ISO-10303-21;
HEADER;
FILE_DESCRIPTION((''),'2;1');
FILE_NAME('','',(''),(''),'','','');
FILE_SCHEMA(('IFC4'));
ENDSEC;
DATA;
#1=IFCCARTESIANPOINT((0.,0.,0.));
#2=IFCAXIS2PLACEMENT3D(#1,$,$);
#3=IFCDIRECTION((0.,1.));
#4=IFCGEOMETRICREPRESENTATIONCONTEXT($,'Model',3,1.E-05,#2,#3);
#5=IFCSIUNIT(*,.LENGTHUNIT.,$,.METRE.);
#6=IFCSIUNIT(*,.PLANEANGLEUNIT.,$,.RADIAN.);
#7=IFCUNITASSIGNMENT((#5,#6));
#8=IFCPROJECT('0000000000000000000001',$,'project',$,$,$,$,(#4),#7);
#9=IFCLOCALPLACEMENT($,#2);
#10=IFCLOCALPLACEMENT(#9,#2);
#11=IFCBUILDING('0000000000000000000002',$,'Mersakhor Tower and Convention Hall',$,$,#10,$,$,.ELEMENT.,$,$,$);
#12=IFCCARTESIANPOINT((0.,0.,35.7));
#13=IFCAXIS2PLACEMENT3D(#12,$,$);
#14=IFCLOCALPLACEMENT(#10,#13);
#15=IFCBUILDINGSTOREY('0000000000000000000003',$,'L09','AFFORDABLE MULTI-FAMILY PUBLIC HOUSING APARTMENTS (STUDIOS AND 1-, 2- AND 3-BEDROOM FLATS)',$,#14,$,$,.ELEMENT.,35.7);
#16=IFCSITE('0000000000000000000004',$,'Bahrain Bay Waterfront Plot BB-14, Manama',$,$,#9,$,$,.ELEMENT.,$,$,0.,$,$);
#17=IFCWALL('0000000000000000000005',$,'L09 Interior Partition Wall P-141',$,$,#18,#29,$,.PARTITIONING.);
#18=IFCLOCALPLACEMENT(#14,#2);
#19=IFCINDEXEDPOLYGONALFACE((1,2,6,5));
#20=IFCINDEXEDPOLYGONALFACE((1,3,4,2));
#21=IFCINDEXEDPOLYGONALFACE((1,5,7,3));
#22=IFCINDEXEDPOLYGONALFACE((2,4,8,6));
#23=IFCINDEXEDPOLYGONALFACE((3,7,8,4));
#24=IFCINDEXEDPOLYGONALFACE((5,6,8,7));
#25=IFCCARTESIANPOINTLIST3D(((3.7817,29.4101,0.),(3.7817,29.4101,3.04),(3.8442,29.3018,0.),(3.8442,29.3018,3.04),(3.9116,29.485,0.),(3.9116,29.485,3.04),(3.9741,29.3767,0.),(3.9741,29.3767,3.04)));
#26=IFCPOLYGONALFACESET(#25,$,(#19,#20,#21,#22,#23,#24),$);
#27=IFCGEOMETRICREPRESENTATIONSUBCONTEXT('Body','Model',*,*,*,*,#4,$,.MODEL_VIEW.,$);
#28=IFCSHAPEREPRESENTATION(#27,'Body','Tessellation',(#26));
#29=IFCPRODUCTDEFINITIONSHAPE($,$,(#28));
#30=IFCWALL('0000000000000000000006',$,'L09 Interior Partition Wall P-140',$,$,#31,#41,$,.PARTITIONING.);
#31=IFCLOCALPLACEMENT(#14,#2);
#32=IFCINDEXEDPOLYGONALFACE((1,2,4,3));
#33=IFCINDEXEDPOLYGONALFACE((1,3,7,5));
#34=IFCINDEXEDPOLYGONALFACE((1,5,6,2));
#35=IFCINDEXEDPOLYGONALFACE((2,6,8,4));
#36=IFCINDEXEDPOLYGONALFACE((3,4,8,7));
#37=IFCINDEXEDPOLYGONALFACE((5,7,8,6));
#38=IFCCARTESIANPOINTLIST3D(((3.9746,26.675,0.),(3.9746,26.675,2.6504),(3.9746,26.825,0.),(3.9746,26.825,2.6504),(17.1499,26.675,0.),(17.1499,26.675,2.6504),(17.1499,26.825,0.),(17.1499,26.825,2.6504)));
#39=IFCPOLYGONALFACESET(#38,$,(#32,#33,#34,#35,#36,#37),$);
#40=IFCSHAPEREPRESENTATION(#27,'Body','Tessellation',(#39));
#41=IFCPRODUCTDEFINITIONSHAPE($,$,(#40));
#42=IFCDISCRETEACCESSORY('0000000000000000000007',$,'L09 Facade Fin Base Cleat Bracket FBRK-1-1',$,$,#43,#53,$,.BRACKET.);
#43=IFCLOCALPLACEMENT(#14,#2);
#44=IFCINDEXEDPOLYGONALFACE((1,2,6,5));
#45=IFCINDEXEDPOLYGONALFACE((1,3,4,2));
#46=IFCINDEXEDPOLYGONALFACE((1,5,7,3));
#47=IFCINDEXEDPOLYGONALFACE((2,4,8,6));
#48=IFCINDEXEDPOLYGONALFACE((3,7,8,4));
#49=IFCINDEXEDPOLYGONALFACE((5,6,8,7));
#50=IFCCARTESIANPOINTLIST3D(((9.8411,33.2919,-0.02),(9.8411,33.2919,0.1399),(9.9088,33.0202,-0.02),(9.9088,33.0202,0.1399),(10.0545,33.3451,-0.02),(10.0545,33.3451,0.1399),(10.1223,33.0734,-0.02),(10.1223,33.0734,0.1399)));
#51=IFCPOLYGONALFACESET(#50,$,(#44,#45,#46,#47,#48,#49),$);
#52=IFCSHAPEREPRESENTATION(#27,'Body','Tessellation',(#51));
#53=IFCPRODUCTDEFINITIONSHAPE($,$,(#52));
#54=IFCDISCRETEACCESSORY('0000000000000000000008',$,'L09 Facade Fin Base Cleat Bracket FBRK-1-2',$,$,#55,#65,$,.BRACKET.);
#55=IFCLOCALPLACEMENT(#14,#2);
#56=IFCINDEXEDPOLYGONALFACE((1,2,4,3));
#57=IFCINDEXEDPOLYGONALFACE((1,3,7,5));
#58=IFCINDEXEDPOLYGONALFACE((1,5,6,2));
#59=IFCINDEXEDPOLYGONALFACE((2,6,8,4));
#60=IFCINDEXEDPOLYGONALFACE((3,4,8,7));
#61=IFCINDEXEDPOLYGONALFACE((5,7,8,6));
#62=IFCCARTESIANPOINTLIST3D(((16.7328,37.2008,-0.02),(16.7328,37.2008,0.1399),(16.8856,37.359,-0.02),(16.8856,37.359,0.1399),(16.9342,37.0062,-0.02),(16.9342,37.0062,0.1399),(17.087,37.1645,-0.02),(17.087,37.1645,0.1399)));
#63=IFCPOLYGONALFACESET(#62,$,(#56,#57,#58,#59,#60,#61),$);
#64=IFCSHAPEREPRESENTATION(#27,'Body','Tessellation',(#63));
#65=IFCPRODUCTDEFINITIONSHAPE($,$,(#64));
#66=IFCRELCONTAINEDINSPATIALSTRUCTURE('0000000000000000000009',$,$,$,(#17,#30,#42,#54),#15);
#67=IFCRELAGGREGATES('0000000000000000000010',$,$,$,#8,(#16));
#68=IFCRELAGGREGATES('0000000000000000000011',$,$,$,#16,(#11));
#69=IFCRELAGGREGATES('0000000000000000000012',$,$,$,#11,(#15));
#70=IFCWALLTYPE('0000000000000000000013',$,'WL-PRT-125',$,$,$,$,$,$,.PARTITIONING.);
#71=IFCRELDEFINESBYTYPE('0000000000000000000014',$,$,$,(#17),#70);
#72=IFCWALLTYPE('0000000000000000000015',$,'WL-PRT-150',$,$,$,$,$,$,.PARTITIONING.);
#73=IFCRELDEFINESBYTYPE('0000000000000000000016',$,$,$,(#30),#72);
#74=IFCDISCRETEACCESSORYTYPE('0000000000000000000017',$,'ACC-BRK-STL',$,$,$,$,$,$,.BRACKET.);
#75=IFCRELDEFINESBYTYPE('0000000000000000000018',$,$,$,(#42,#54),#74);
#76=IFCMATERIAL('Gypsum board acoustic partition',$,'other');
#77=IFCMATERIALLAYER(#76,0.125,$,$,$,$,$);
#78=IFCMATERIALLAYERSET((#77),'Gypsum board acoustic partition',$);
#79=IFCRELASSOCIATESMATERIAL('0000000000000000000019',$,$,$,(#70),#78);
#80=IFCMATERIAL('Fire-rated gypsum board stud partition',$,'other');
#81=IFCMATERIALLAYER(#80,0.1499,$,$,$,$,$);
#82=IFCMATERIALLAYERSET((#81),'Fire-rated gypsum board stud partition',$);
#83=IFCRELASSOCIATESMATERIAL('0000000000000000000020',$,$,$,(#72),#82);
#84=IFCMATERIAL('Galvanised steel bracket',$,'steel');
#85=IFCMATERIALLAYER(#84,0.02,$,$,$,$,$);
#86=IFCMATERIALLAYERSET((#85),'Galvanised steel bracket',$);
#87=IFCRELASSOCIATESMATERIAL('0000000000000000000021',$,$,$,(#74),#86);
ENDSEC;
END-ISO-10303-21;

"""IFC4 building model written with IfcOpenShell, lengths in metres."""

from ifc_helpers import new_model, si_unit, direction, frame, frame_2d, origin, origin_2d, place, context, subcontext, project, spatial, rectangle, extrude, material, layer, layer_set, type_object, element, save


model = new_model("IFC4")

# Units and contexts
model_context = context("Model", 3, precision=1e-05, world=origin(), true_north=direction((0.0, 1.0)))
body_context = subcontext(model_context, "Body", "Model", "MODEL_VIEW")
ifc_project = project(units=[si_unit("LENGTHUNIT", "METRE"), si_unit("PLANEANGLEUNIT", "RADIAN")], contexts=[model_context])

# Site, building, storey
site_placement = place(None, origin())
site = spatial("IfcSite", under=ifc_project, at=site_placement, Name="Bahrain Bay Waterfront Plot BB-14, Manama", CompositionType="ELEMENT", RefElevation=0.0)
building_placement = place(site_placement, origin())
building = spatial("IfcBuilding", under=site, at=building_placement, Name="Mersakhor Tower and Convention Hall", CompositionType="ELEMENT")
storey_placement = place(building_placement, frame((0.0, 0.0, 35.7)))
storey = spatial("IfcBuildingStorey", under=building, at=storey_placement, Name="L09", Description="AFFORDABLE MULTI-FAMILY PUBLIC HOUSING APARTMENTS (STUDIOS AND 1-, 2- AND 3-BEDROOM FLATS)", CompositionType="ELEMENT", Elevation=35.7)

# Shared definitions
ifc_material_1 = material(Name="Gypsum board acoustic partition", Category="other")
ifc_layer_1 = layer(ifc_material_1, 0.125)
ifc_layer_set_1 = layer_set([ifc_layer_1], Name="Gypsum board acoustic partition")
wall_type_1 = type_object("IfcWallType", Name="WL-PRT-125", PredefinedType="PARTITIONING", material=ifc_layer_set_1)

# Walls
wall_1_placement = place(storey_placement, frame((3.813, 29.356, 0.0), z_axis=(0.0, 0.0, 1.0), x_axis=(0.866131, 0.499816, 0.0)))
element("IfcWall", 1, at=wall_1_placement, inside=storey, type_object=wall_type_1, Name="L09 Interior Partition Wall P-141", PredefinedType="PARTITIONING", context=body_context, shape_type="SweptSolid", body=[
    extrude(rectangle(XDim=0.1499, YDim=0.125, at=frame_2d((0.075, 0.0))), origin(), (0.0, 0.0, 1.0), 3.04),
])
ifc_material_2 = material(Name="Fire-rated gypsum board stud partition", Category="other")
ifc_layer_2 = layer(ifc_material_2, 0.1499)
ifc_layer_set_2 = layer_set([ifc_layer_2], Name="Fire-rated gypsum board stud partition")
wall_type_2 = type_object("IfcWallType", Name="WL-PRT-150", PredefinedType="PARTITIONING", material=ifc_layer_set_2)
wall_2_placement = place(storey_placement, frame((17.1499, 26.75, 0.0), z_axis=(0.0, 0.0, 1.0), x_axis=(-1.0, 0.0, 0.0)))
element("IfcWall", 2, at=wall_2_placement, inside=storey, type_object=wall_type_2, Name="L09 Interior Partition Wall P-140", PredefinedType="PARTITIONING", context=body_context, shape_type="SweptSolid", body=[
    extrude(rectangle(XDim=13.1753, YDim=0.1499, at=frame_2d((6.5876, 0.0))), origin(), (0.0, 0.0, 1.0), 2.6504),
])

# Discrete accessories
ifc_material_3 = material(Name="Galvanised steel bracket", Category="steel")
ifc_layer_3 = layer(ifc_material_3, 0.02)
ifc_layer_set_3 = layer_set([ifc_layer_3], Name="Galvanised steel bracket")
discrete_accessory_type = type_object("IfcDiscreteAccessoryType", Name="ACC-BRK-STL", PredefinedType="BRACKET", material=ifc_layer_set_3)
for number, where, z_axis, x_axis, name in (
    (3, (9.9817, 33.1826, -0.02), (0.0, 0.0, 1.0), (-0.241922, 0.970296, 0.0), "L09 Facade Fin Base Cleat Bracket FBRK-1-1"),
    (4, (16.9099, 37.1826, -0.02), (0.0, 0.0, 1.0), (-0.71934, 0.694658, 0.0), "L09 Facade Fin Base Cleat Bracket FBRK-1-2"),
):
    element("IfcDiscreteAccessory", number, at=place(storey_placement, frame(where, z_axis=z_axis, x_axis=x_axis)), inside=storey, type_object=discrete_accessory_type, Name=name, PredefinedType="BRACKET", context=body_context, shape_type="SweptSolid", body=[
        extrude(rectangle(XDim=0.28, YDim=0.22, at=origin_2d()), origin(), (0.0, 0.0, 1.0), 0.1599),
    ])

save(model, "model.ifc")
